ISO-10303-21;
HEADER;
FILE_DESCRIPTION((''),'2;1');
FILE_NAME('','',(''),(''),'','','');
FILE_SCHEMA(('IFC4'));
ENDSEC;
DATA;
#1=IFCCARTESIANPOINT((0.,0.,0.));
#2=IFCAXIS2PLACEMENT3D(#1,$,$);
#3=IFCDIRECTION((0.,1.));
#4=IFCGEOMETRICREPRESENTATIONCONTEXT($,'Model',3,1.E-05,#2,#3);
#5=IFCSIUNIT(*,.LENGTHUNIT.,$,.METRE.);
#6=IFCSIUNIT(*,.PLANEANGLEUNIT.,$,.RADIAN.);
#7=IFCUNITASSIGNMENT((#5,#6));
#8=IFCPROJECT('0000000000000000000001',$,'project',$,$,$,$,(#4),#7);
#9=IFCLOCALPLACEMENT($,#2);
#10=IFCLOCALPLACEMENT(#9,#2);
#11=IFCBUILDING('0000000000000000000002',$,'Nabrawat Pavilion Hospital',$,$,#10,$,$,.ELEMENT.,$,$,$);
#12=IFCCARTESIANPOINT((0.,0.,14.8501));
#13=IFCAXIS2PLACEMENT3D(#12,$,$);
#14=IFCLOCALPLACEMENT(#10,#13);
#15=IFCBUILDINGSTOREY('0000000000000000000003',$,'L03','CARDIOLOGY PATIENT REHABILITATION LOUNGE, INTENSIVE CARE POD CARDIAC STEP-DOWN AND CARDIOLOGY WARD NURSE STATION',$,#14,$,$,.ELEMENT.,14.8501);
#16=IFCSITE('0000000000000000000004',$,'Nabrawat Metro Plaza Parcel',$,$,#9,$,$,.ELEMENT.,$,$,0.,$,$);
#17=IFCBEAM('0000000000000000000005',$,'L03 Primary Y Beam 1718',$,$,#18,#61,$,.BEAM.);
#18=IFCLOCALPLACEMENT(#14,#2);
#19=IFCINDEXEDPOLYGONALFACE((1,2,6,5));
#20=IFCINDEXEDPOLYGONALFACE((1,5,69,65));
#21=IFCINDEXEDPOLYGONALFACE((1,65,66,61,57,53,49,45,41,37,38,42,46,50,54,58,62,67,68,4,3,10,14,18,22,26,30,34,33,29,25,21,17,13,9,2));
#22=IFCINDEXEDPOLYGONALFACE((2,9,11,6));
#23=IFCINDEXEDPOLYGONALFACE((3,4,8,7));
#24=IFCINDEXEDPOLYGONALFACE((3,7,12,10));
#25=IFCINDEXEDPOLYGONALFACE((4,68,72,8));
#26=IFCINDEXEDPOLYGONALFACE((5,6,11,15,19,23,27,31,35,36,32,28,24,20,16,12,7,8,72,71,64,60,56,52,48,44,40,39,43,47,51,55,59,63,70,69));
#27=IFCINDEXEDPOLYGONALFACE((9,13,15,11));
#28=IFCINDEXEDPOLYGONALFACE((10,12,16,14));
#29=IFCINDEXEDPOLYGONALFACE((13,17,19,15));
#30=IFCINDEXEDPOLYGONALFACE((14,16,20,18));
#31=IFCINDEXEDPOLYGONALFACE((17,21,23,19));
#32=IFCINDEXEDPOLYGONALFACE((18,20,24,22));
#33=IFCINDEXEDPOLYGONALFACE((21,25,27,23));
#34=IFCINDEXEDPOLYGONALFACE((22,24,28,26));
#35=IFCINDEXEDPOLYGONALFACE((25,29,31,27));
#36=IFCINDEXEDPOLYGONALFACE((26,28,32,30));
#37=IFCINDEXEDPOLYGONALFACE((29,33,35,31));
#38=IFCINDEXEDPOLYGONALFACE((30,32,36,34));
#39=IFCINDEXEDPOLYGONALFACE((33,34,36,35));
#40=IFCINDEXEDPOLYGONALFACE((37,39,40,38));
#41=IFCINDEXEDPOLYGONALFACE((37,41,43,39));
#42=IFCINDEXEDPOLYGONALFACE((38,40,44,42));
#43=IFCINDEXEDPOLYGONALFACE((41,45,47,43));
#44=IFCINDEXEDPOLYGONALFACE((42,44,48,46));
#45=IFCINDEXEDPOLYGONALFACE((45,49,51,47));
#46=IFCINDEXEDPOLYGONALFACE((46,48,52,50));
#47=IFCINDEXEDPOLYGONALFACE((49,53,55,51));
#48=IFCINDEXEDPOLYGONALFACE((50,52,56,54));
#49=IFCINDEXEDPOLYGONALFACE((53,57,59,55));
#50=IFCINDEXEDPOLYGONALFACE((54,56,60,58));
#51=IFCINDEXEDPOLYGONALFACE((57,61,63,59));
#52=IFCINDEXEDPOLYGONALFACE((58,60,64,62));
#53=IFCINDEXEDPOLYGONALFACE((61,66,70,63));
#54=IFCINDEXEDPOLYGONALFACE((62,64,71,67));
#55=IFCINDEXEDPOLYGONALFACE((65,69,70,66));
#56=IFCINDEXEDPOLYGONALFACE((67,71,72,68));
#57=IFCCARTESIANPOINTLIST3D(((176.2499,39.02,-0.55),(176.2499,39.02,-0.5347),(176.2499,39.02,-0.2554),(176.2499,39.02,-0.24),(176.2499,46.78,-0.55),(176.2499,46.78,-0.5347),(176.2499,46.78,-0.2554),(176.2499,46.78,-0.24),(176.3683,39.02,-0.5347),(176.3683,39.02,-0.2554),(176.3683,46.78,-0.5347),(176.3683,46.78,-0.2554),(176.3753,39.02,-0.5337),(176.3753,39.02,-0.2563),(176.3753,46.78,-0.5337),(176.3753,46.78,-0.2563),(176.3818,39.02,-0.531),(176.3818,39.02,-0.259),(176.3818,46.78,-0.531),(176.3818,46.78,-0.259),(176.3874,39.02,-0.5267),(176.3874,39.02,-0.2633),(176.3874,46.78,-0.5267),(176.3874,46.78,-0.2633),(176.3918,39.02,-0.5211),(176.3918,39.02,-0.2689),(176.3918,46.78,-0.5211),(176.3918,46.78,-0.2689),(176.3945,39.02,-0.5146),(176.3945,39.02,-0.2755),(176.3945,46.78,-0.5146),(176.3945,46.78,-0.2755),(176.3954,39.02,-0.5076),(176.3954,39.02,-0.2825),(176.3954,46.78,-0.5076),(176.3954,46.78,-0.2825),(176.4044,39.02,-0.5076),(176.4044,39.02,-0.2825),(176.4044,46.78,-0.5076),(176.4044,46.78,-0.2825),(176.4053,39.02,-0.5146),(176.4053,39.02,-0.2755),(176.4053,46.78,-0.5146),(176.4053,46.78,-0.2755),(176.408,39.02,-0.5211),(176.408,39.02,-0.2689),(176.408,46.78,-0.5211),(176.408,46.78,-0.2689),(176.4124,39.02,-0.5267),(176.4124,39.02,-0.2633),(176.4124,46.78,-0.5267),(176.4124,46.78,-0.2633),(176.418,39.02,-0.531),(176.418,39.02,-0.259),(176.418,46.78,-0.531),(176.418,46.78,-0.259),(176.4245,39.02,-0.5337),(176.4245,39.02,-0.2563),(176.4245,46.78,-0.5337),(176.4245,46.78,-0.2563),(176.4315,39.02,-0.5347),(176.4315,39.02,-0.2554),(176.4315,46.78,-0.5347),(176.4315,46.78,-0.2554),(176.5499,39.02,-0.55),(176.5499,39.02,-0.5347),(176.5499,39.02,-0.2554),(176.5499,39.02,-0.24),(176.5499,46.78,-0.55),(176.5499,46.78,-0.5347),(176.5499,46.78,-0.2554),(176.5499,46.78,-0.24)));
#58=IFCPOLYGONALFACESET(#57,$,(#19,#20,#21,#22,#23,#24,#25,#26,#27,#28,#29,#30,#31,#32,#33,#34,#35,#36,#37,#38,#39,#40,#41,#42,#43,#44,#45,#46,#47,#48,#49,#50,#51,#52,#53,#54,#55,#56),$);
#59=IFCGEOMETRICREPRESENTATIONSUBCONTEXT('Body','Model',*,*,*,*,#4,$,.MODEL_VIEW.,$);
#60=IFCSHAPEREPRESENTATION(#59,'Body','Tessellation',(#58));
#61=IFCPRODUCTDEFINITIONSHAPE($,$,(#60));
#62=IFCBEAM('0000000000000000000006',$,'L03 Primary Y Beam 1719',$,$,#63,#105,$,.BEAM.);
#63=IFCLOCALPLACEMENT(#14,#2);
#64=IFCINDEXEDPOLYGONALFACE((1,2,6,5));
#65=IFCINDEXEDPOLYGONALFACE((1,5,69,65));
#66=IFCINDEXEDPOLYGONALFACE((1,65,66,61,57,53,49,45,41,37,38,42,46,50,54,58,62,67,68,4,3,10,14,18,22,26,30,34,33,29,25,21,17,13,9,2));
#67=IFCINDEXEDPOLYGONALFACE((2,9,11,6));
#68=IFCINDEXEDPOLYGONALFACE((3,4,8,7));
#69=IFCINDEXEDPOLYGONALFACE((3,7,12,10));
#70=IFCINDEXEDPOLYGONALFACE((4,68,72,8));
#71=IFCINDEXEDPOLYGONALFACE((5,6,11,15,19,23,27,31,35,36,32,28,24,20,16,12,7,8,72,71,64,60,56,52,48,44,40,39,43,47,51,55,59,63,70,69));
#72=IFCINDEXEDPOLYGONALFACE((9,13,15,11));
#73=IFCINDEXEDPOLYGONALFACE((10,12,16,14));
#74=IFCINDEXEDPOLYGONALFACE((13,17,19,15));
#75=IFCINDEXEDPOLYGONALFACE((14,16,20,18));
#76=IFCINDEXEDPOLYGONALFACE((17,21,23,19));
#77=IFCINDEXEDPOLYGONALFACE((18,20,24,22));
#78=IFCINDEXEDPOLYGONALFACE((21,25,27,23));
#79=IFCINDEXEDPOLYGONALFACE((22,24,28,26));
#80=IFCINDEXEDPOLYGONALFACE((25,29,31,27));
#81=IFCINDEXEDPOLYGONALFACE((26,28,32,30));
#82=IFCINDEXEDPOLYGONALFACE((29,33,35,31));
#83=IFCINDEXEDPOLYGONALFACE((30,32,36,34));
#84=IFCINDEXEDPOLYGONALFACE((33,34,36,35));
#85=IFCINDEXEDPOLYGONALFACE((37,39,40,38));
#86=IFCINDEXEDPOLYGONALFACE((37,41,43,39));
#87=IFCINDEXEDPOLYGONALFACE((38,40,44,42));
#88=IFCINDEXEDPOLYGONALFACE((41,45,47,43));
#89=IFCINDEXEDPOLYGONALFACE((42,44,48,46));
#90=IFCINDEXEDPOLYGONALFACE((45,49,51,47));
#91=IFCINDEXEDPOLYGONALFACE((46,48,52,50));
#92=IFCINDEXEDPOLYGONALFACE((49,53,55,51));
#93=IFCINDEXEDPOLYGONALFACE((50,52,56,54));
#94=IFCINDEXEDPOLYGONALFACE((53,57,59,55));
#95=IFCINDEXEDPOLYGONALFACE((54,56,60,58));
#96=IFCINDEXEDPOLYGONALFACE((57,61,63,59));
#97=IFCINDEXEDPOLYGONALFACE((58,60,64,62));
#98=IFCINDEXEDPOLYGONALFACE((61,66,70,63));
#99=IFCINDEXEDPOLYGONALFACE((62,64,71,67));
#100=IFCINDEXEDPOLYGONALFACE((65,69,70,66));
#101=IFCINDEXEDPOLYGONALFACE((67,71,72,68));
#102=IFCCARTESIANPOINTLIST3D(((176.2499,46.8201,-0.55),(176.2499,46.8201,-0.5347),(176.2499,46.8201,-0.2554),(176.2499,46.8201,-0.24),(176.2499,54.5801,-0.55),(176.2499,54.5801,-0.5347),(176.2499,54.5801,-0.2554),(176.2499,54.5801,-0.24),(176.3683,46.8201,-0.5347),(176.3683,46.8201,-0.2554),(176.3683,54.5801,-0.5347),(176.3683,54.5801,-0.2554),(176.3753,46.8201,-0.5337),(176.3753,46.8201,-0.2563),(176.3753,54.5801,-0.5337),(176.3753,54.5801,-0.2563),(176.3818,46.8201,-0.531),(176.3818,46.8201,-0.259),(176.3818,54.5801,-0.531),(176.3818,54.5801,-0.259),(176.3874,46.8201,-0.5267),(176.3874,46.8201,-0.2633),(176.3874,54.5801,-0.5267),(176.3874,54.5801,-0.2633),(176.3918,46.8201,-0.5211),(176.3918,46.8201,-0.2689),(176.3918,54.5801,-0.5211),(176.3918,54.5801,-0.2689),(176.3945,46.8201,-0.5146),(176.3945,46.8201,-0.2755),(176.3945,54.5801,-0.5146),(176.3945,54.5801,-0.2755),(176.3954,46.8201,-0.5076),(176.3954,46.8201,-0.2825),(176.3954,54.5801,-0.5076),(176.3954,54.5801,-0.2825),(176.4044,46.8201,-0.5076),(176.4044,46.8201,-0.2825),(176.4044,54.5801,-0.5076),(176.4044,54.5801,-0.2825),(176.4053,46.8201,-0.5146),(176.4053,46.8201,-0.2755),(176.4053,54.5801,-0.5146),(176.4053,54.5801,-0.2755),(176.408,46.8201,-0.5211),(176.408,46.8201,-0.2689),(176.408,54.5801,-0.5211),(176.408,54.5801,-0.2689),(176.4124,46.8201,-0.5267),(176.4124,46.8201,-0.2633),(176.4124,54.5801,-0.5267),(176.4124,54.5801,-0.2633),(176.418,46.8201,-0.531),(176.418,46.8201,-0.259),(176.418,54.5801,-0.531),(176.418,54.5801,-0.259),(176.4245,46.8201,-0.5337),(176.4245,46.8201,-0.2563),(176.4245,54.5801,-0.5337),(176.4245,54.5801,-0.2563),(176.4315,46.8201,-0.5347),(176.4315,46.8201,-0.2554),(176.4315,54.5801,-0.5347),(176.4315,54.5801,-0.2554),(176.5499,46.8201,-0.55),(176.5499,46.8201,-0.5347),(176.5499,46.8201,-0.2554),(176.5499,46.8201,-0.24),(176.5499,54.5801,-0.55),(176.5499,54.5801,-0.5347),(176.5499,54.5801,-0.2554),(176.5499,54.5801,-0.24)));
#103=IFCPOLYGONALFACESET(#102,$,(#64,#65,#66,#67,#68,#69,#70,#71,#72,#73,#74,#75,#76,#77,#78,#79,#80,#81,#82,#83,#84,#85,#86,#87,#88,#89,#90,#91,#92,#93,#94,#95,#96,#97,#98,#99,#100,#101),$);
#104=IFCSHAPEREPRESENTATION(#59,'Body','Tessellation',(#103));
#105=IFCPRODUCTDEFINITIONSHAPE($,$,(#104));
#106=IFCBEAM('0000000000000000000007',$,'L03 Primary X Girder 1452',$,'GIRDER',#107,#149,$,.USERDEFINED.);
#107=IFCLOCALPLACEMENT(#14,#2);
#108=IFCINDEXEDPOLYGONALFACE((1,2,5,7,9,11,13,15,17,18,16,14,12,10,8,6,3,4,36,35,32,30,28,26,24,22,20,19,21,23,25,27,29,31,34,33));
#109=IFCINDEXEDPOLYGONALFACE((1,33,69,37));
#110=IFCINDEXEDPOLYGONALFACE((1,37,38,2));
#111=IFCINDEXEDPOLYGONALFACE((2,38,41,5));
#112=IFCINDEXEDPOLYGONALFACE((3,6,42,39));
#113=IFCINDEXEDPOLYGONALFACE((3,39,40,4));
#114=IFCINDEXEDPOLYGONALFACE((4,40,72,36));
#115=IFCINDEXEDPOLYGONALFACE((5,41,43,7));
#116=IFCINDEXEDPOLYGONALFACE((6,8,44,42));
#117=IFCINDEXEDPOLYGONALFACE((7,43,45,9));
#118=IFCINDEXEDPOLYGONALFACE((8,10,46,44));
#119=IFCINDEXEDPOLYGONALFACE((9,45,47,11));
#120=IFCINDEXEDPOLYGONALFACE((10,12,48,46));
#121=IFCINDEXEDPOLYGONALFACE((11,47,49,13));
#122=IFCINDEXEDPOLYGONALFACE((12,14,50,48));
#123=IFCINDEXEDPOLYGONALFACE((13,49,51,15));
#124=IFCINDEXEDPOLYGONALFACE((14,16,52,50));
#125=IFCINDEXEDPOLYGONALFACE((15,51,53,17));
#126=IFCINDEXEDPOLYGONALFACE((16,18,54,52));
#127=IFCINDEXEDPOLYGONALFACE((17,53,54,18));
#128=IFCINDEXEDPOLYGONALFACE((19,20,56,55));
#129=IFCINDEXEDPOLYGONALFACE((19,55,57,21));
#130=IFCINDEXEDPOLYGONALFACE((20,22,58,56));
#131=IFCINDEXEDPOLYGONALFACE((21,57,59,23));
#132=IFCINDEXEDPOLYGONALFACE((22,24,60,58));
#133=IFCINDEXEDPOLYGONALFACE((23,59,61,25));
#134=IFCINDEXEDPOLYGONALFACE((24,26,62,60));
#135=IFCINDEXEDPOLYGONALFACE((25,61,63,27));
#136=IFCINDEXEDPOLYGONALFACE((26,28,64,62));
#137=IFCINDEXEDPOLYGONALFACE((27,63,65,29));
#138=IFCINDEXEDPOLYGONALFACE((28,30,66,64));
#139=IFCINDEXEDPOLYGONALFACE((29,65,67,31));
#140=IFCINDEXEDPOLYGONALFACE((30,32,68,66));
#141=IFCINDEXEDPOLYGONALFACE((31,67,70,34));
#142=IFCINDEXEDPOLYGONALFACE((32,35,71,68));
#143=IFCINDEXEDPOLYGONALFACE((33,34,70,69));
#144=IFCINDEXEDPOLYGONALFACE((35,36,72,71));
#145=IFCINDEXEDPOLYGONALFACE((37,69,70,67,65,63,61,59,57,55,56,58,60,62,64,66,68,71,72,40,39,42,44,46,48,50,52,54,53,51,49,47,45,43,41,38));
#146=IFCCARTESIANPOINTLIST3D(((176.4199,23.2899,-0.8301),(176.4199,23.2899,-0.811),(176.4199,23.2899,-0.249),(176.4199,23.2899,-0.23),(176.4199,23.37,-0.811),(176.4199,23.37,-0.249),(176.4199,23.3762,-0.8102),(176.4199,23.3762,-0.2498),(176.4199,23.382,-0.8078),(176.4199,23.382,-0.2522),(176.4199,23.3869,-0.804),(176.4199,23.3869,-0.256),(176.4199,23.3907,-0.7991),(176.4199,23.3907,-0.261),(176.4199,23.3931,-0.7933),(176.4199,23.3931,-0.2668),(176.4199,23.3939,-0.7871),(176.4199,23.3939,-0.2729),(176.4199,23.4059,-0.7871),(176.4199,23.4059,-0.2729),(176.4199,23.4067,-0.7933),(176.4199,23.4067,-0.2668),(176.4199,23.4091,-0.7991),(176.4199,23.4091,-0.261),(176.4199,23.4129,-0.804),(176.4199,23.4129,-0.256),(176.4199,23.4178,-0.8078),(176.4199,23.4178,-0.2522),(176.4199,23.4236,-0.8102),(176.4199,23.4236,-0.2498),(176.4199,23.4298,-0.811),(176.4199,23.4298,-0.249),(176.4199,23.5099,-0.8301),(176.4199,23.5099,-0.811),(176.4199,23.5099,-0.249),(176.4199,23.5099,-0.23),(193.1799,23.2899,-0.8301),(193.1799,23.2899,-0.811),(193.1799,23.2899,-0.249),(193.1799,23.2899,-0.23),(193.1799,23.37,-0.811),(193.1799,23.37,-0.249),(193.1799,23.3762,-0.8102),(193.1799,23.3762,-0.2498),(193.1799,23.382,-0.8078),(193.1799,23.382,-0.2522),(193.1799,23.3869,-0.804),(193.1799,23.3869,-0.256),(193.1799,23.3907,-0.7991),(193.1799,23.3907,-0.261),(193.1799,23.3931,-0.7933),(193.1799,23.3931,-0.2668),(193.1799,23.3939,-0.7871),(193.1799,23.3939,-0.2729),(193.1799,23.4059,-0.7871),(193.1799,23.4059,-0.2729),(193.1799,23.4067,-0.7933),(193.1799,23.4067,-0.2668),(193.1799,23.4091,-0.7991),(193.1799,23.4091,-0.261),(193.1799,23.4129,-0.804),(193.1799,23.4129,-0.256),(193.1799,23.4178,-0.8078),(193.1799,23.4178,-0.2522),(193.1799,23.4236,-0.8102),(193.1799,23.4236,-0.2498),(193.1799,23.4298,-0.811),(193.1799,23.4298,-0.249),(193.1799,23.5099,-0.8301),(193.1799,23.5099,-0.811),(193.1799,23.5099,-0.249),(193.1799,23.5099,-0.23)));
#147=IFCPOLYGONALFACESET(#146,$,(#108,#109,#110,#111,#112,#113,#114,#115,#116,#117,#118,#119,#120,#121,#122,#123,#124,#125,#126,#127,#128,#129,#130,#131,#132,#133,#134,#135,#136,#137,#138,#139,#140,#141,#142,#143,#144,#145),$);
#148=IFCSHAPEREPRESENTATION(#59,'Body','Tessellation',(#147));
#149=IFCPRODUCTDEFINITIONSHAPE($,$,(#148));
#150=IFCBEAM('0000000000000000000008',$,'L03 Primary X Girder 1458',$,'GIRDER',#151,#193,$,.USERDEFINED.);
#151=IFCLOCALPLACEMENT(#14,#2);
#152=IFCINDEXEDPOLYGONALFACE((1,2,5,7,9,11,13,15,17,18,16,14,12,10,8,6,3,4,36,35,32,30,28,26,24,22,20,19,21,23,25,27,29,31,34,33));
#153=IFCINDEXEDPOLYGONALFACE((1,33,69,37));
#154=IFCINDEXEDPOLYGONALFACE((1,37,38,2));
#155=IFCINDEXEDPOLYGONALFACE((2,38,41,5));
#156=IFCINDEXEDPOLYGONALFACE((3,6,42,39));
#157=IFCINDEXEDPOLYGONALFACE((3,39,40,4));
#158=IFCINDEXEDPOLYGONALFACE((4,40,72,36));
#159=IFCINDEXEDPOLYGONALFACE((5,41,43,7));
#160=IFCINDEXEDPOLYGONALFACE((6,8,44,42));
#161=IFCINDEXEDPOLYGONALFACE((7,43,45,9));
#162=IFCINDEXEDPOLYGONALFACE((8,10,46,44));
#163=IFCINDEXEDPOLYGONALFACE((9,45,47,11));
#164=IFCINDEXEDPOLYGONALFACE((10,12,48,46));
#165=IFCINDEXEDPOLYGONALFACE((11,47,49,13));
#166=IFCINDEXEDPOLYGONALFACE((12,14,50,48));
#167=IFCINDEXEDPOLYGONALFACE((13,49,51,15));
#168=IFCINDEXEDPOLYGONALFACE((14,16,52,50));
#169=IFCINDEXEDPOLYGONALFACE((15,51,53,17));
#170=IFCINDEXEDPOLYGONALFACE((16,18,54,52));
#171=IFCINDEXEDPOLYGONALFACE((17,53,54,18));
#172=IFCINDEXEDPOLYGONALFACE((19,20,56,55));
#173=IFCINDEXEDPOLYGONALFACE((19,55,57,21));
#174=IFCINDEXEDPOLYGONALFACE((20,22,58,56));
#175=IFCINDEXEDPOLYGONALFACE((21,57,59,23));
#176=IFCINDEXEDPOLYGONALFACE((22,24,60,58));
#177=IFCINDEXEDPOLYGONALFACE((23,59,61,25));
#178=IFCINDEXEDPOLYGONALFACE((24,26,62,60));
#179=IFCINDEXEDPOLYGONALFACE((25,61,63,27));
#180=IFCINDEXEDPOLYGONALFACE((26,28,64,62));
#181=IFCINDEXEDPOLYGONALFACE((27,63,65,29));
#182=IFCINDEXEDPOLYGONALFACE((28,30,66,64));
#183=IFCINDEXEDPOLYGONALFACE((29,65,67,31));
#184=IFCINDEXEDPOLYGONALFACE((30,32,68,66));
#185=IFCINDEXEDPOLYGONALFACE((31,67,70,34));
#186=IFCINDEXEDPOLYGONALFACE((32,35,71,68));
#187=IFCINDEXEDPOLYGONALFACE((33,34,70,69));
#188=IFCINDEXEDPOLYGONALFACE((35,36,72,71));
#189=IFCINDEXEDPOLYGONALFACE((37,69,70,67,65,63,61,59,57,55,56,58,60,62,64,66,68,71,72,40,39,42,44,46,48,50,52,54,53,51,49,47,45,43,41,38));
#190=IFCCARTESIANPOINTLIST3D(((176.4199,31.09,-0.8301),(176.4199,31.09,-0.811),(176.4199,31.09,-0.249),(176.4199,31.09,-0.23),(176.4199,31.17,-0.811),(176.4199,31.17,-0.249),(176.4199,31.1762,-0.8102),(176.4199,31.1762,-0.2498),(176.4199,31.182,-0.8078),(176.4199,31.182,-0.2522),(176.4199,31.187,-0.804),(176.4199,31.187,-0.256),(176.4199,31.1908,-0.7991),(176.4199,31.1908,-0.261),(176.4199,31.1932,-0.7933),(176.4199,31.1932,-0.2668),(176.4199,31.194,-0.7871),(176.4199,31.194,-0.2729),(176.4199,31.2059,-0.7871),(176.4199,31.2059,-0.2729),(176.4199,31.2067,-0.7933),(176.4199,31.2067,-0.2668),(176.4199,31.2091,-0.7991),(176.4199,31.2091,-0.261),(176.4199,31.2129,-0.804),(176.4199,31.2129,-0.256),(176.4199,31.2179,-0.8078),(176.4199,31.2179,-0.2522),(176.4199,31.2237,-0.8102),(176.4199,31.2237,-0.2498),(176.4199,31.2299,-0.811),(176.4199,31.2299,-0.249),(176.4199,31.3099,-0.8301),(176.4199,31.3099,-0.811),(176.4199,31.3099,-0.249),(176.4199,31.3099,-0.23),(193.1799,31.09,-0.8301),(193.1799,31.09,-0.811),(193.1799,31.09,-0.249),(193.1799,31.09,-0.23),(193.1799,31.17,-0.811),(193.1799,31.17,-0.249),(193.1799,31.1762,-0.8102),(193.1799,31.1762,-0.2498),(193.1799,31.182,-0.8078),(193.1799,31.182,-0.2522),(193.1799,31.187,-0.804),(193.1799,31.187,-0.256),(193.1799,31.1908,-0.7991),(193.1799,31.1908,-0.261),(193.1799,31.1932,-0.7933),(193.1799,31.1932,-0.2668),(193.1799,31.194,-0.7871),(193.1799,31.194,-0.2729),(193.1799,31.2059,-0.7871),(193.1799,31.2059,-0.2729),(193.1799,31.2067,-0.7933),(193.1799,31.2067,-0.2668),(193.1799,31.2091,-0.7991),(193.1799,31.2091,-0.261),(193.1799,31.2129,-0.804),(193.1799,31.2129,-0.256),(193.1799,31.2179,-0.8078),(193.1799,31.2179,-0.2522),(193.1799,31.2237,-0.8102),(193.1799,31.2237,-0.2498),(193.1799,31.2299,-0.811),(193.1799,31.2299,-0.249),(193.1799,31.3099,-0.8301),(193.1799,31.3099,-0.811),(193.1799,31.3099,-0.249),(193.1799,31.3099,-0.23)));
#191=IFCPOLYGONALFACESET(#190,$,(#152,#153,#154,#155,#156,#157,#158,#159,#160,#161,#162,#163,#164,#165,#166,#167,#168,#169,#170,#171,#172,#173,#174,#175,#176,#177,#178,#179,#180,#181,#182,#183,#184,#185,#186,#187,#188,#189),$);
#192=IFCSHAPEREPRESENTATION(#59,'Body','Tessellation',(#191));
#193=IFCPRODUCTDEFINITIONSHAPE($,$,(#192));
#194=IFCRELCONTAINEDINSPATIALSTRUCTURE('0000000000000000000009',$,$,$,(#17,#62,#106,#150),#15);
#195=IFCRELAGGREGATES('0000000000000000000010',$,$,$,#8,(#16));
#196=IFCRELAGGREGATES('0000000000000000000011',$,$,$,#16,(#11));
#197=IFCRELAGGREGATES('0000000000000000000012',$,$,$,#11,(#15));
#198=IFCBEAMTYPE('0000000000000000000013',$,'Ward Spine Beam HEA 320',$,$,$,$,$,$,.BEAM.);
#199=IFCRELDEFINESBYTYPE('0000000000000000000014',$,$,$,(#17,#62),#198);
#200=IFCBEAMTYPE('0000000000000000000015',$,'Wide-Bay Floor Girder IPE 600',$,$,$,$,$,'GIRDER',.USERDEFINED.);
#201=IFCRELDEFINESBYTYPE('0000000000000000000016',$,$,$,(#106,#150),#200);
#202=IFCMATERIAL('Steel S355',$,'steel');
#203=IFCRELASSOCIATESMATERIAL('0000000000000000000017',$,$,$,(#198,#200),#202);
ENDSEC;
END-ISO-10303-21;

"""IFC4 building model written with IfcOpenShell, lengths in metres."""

from ifc_helpers import new_model, si_unit, direction, frame, origin, origin_2d, place, context, subcontext, project, spatial, i_section, extrude, material, material_profile, profile_set, type_object, element, save


model = new_model("IFC4")

# Units and contexts
model_context = context("Model", 3, precision=1e-05, world=origin(), true_north=direction((0.0, 1.0)))
body_context = subcontext(model_context, "Body", "Model", "MODEL_VIEW")
ifc_project = project(units=[si_unit("LENGTHUNIT", "METRE"), si_unit("PLANEANGLEUNIT", "RADIAN")], contexts=[model_context])

# Site, building, storey
site_placement = place(None, origin())
site = spatial("IfcSite", under=ifc_project, at=site_placement, Name="Nabrawat Metro Plaza Parcel", CompositionType="ELEMENT", RefElevation=0.0)
building_placement = place(site_placement, origin())
building = spatial("IfcBuilding", under=site, at=building_placement, Name="Nabrawat Pavilion Hospital", CompositionType="ELEMENT")
storey_placement = place(building_placement, frame((0.0, 0.0, 14.8501)))
storey = spatial("IfcBuildingStorey", under=building, at=storey_placement, Name="L03", Description="CARDIOLOGY PATIENT REHABILITATION LOUNGE, INTENSIVE CARE POD CARDIAC STEP-DOWN AND CARDIOLOGY WARD NURSE STATION", CompositionType="ELEMENT", Elevation=14.8501)

# Shared definitions
ifc_material_1 = material(Name="Steel S355", Category="steel")

# Beams
ifc_material_profile_1 = material_profile(ifc_material_1, i_section(OverallWidth=0.3, OverallDepth=0.3101, WebThickness=0.009, FlangeThickness=0.0154, FilletRadius=0.0271, at=origin_2d()), Name="HEA 320")
ifc_profile_set_1 = profile_set([ifc_material_profile_1], Name="Steel S355")
beam_type_1 = type_object("IfcBeamType", Name="Ward Spine Beam HEA 320", PredefinedType="BEAM", material=ifc_profile_set_1)
for number, where, z_axis, x_axis, name in (
    (1, (176.3999, 39.02, -0.395), (0.0, 1.0, 0.0), (-1.0, 0.0, 0.0), "L03 Primary Y Beam 1718"),
    (2, (176.3999, 46.8201, -0.395), (0.0, 1.0, 0.0), (-1.0, 0.0, 0.0), "L03 Primary Y Beam 1719"),
):
    element("IfcBeam", number, at=place(storey_placement, frame(where, z_axis=z_axis, x_axis=x_axis)), inside=storey, type_object=beam_type_1, Name=name, PredefinedType="BEAM", context=body_context, shape_type="SweptSolid", body=[
        extrude(i_section(OverallWidth=0.3, OverallDepth=0.3101, WebThickness=0.009, FlangeThickness=0.0154, FilletRadius=0.0271, at=origin_2d()), origin(), (0.0, 0.0, 1.0), 7.76),
    ])
ifc_material_profile_2 = material_profile(ifc_material_1, i_section(OverallWidth=0.22, OverallDepth=0.6001, WebThickness=0.012, FlangeThickness=0.019, FilletRadius=0.0239, at=origin_2d()), Name="IPE 600")
ifc_profile_set_2 = profile_set([ifc_material_profile_2], Name="Steel S355")
beam_type_2 = type_object("IfcBeamType", Name="Wide-Bay Floor Girder IPE 600", ElementType="GIRDER", PredefinedType="USERDEFINED", material=ifc_profile_set_2)
for number, where, z_axis, x_axis, name in (
    (3, (176.4199, 23.3999, -0.53), (1.0, 0.0, 0.0), (0.0, 1.0, 0.0), "L03 Primary X Girder 1452"),
    (4, (176.4199, 31.2, -0.53), (1.0, 0.0, 0.0), (0.0, 1.0, 0.0), "L03 Primary X Girder 1458"),
):
    element("IfcBeam", number, at=place(storey_placement, frame(where, z_axis=z_axis, x_axis=x_axis)), inside=storey, type_object=beam_type_2, Name=name, ObjectType="GIRDER", PredefinedType="USERDEFINED", context=body_context, shape_type="SweptSolid", body=[
        extrude(i_section(OverallWidth=0.22, OverallDepth=0.6001, WebThickness=0.012, FlangeThickness=0.019, FilletRadius=0.0239, at=origin_2d()), origin(), (0.0, 0.0, 1.0), 16.76),
    ])

save(model, "model.ifc")
